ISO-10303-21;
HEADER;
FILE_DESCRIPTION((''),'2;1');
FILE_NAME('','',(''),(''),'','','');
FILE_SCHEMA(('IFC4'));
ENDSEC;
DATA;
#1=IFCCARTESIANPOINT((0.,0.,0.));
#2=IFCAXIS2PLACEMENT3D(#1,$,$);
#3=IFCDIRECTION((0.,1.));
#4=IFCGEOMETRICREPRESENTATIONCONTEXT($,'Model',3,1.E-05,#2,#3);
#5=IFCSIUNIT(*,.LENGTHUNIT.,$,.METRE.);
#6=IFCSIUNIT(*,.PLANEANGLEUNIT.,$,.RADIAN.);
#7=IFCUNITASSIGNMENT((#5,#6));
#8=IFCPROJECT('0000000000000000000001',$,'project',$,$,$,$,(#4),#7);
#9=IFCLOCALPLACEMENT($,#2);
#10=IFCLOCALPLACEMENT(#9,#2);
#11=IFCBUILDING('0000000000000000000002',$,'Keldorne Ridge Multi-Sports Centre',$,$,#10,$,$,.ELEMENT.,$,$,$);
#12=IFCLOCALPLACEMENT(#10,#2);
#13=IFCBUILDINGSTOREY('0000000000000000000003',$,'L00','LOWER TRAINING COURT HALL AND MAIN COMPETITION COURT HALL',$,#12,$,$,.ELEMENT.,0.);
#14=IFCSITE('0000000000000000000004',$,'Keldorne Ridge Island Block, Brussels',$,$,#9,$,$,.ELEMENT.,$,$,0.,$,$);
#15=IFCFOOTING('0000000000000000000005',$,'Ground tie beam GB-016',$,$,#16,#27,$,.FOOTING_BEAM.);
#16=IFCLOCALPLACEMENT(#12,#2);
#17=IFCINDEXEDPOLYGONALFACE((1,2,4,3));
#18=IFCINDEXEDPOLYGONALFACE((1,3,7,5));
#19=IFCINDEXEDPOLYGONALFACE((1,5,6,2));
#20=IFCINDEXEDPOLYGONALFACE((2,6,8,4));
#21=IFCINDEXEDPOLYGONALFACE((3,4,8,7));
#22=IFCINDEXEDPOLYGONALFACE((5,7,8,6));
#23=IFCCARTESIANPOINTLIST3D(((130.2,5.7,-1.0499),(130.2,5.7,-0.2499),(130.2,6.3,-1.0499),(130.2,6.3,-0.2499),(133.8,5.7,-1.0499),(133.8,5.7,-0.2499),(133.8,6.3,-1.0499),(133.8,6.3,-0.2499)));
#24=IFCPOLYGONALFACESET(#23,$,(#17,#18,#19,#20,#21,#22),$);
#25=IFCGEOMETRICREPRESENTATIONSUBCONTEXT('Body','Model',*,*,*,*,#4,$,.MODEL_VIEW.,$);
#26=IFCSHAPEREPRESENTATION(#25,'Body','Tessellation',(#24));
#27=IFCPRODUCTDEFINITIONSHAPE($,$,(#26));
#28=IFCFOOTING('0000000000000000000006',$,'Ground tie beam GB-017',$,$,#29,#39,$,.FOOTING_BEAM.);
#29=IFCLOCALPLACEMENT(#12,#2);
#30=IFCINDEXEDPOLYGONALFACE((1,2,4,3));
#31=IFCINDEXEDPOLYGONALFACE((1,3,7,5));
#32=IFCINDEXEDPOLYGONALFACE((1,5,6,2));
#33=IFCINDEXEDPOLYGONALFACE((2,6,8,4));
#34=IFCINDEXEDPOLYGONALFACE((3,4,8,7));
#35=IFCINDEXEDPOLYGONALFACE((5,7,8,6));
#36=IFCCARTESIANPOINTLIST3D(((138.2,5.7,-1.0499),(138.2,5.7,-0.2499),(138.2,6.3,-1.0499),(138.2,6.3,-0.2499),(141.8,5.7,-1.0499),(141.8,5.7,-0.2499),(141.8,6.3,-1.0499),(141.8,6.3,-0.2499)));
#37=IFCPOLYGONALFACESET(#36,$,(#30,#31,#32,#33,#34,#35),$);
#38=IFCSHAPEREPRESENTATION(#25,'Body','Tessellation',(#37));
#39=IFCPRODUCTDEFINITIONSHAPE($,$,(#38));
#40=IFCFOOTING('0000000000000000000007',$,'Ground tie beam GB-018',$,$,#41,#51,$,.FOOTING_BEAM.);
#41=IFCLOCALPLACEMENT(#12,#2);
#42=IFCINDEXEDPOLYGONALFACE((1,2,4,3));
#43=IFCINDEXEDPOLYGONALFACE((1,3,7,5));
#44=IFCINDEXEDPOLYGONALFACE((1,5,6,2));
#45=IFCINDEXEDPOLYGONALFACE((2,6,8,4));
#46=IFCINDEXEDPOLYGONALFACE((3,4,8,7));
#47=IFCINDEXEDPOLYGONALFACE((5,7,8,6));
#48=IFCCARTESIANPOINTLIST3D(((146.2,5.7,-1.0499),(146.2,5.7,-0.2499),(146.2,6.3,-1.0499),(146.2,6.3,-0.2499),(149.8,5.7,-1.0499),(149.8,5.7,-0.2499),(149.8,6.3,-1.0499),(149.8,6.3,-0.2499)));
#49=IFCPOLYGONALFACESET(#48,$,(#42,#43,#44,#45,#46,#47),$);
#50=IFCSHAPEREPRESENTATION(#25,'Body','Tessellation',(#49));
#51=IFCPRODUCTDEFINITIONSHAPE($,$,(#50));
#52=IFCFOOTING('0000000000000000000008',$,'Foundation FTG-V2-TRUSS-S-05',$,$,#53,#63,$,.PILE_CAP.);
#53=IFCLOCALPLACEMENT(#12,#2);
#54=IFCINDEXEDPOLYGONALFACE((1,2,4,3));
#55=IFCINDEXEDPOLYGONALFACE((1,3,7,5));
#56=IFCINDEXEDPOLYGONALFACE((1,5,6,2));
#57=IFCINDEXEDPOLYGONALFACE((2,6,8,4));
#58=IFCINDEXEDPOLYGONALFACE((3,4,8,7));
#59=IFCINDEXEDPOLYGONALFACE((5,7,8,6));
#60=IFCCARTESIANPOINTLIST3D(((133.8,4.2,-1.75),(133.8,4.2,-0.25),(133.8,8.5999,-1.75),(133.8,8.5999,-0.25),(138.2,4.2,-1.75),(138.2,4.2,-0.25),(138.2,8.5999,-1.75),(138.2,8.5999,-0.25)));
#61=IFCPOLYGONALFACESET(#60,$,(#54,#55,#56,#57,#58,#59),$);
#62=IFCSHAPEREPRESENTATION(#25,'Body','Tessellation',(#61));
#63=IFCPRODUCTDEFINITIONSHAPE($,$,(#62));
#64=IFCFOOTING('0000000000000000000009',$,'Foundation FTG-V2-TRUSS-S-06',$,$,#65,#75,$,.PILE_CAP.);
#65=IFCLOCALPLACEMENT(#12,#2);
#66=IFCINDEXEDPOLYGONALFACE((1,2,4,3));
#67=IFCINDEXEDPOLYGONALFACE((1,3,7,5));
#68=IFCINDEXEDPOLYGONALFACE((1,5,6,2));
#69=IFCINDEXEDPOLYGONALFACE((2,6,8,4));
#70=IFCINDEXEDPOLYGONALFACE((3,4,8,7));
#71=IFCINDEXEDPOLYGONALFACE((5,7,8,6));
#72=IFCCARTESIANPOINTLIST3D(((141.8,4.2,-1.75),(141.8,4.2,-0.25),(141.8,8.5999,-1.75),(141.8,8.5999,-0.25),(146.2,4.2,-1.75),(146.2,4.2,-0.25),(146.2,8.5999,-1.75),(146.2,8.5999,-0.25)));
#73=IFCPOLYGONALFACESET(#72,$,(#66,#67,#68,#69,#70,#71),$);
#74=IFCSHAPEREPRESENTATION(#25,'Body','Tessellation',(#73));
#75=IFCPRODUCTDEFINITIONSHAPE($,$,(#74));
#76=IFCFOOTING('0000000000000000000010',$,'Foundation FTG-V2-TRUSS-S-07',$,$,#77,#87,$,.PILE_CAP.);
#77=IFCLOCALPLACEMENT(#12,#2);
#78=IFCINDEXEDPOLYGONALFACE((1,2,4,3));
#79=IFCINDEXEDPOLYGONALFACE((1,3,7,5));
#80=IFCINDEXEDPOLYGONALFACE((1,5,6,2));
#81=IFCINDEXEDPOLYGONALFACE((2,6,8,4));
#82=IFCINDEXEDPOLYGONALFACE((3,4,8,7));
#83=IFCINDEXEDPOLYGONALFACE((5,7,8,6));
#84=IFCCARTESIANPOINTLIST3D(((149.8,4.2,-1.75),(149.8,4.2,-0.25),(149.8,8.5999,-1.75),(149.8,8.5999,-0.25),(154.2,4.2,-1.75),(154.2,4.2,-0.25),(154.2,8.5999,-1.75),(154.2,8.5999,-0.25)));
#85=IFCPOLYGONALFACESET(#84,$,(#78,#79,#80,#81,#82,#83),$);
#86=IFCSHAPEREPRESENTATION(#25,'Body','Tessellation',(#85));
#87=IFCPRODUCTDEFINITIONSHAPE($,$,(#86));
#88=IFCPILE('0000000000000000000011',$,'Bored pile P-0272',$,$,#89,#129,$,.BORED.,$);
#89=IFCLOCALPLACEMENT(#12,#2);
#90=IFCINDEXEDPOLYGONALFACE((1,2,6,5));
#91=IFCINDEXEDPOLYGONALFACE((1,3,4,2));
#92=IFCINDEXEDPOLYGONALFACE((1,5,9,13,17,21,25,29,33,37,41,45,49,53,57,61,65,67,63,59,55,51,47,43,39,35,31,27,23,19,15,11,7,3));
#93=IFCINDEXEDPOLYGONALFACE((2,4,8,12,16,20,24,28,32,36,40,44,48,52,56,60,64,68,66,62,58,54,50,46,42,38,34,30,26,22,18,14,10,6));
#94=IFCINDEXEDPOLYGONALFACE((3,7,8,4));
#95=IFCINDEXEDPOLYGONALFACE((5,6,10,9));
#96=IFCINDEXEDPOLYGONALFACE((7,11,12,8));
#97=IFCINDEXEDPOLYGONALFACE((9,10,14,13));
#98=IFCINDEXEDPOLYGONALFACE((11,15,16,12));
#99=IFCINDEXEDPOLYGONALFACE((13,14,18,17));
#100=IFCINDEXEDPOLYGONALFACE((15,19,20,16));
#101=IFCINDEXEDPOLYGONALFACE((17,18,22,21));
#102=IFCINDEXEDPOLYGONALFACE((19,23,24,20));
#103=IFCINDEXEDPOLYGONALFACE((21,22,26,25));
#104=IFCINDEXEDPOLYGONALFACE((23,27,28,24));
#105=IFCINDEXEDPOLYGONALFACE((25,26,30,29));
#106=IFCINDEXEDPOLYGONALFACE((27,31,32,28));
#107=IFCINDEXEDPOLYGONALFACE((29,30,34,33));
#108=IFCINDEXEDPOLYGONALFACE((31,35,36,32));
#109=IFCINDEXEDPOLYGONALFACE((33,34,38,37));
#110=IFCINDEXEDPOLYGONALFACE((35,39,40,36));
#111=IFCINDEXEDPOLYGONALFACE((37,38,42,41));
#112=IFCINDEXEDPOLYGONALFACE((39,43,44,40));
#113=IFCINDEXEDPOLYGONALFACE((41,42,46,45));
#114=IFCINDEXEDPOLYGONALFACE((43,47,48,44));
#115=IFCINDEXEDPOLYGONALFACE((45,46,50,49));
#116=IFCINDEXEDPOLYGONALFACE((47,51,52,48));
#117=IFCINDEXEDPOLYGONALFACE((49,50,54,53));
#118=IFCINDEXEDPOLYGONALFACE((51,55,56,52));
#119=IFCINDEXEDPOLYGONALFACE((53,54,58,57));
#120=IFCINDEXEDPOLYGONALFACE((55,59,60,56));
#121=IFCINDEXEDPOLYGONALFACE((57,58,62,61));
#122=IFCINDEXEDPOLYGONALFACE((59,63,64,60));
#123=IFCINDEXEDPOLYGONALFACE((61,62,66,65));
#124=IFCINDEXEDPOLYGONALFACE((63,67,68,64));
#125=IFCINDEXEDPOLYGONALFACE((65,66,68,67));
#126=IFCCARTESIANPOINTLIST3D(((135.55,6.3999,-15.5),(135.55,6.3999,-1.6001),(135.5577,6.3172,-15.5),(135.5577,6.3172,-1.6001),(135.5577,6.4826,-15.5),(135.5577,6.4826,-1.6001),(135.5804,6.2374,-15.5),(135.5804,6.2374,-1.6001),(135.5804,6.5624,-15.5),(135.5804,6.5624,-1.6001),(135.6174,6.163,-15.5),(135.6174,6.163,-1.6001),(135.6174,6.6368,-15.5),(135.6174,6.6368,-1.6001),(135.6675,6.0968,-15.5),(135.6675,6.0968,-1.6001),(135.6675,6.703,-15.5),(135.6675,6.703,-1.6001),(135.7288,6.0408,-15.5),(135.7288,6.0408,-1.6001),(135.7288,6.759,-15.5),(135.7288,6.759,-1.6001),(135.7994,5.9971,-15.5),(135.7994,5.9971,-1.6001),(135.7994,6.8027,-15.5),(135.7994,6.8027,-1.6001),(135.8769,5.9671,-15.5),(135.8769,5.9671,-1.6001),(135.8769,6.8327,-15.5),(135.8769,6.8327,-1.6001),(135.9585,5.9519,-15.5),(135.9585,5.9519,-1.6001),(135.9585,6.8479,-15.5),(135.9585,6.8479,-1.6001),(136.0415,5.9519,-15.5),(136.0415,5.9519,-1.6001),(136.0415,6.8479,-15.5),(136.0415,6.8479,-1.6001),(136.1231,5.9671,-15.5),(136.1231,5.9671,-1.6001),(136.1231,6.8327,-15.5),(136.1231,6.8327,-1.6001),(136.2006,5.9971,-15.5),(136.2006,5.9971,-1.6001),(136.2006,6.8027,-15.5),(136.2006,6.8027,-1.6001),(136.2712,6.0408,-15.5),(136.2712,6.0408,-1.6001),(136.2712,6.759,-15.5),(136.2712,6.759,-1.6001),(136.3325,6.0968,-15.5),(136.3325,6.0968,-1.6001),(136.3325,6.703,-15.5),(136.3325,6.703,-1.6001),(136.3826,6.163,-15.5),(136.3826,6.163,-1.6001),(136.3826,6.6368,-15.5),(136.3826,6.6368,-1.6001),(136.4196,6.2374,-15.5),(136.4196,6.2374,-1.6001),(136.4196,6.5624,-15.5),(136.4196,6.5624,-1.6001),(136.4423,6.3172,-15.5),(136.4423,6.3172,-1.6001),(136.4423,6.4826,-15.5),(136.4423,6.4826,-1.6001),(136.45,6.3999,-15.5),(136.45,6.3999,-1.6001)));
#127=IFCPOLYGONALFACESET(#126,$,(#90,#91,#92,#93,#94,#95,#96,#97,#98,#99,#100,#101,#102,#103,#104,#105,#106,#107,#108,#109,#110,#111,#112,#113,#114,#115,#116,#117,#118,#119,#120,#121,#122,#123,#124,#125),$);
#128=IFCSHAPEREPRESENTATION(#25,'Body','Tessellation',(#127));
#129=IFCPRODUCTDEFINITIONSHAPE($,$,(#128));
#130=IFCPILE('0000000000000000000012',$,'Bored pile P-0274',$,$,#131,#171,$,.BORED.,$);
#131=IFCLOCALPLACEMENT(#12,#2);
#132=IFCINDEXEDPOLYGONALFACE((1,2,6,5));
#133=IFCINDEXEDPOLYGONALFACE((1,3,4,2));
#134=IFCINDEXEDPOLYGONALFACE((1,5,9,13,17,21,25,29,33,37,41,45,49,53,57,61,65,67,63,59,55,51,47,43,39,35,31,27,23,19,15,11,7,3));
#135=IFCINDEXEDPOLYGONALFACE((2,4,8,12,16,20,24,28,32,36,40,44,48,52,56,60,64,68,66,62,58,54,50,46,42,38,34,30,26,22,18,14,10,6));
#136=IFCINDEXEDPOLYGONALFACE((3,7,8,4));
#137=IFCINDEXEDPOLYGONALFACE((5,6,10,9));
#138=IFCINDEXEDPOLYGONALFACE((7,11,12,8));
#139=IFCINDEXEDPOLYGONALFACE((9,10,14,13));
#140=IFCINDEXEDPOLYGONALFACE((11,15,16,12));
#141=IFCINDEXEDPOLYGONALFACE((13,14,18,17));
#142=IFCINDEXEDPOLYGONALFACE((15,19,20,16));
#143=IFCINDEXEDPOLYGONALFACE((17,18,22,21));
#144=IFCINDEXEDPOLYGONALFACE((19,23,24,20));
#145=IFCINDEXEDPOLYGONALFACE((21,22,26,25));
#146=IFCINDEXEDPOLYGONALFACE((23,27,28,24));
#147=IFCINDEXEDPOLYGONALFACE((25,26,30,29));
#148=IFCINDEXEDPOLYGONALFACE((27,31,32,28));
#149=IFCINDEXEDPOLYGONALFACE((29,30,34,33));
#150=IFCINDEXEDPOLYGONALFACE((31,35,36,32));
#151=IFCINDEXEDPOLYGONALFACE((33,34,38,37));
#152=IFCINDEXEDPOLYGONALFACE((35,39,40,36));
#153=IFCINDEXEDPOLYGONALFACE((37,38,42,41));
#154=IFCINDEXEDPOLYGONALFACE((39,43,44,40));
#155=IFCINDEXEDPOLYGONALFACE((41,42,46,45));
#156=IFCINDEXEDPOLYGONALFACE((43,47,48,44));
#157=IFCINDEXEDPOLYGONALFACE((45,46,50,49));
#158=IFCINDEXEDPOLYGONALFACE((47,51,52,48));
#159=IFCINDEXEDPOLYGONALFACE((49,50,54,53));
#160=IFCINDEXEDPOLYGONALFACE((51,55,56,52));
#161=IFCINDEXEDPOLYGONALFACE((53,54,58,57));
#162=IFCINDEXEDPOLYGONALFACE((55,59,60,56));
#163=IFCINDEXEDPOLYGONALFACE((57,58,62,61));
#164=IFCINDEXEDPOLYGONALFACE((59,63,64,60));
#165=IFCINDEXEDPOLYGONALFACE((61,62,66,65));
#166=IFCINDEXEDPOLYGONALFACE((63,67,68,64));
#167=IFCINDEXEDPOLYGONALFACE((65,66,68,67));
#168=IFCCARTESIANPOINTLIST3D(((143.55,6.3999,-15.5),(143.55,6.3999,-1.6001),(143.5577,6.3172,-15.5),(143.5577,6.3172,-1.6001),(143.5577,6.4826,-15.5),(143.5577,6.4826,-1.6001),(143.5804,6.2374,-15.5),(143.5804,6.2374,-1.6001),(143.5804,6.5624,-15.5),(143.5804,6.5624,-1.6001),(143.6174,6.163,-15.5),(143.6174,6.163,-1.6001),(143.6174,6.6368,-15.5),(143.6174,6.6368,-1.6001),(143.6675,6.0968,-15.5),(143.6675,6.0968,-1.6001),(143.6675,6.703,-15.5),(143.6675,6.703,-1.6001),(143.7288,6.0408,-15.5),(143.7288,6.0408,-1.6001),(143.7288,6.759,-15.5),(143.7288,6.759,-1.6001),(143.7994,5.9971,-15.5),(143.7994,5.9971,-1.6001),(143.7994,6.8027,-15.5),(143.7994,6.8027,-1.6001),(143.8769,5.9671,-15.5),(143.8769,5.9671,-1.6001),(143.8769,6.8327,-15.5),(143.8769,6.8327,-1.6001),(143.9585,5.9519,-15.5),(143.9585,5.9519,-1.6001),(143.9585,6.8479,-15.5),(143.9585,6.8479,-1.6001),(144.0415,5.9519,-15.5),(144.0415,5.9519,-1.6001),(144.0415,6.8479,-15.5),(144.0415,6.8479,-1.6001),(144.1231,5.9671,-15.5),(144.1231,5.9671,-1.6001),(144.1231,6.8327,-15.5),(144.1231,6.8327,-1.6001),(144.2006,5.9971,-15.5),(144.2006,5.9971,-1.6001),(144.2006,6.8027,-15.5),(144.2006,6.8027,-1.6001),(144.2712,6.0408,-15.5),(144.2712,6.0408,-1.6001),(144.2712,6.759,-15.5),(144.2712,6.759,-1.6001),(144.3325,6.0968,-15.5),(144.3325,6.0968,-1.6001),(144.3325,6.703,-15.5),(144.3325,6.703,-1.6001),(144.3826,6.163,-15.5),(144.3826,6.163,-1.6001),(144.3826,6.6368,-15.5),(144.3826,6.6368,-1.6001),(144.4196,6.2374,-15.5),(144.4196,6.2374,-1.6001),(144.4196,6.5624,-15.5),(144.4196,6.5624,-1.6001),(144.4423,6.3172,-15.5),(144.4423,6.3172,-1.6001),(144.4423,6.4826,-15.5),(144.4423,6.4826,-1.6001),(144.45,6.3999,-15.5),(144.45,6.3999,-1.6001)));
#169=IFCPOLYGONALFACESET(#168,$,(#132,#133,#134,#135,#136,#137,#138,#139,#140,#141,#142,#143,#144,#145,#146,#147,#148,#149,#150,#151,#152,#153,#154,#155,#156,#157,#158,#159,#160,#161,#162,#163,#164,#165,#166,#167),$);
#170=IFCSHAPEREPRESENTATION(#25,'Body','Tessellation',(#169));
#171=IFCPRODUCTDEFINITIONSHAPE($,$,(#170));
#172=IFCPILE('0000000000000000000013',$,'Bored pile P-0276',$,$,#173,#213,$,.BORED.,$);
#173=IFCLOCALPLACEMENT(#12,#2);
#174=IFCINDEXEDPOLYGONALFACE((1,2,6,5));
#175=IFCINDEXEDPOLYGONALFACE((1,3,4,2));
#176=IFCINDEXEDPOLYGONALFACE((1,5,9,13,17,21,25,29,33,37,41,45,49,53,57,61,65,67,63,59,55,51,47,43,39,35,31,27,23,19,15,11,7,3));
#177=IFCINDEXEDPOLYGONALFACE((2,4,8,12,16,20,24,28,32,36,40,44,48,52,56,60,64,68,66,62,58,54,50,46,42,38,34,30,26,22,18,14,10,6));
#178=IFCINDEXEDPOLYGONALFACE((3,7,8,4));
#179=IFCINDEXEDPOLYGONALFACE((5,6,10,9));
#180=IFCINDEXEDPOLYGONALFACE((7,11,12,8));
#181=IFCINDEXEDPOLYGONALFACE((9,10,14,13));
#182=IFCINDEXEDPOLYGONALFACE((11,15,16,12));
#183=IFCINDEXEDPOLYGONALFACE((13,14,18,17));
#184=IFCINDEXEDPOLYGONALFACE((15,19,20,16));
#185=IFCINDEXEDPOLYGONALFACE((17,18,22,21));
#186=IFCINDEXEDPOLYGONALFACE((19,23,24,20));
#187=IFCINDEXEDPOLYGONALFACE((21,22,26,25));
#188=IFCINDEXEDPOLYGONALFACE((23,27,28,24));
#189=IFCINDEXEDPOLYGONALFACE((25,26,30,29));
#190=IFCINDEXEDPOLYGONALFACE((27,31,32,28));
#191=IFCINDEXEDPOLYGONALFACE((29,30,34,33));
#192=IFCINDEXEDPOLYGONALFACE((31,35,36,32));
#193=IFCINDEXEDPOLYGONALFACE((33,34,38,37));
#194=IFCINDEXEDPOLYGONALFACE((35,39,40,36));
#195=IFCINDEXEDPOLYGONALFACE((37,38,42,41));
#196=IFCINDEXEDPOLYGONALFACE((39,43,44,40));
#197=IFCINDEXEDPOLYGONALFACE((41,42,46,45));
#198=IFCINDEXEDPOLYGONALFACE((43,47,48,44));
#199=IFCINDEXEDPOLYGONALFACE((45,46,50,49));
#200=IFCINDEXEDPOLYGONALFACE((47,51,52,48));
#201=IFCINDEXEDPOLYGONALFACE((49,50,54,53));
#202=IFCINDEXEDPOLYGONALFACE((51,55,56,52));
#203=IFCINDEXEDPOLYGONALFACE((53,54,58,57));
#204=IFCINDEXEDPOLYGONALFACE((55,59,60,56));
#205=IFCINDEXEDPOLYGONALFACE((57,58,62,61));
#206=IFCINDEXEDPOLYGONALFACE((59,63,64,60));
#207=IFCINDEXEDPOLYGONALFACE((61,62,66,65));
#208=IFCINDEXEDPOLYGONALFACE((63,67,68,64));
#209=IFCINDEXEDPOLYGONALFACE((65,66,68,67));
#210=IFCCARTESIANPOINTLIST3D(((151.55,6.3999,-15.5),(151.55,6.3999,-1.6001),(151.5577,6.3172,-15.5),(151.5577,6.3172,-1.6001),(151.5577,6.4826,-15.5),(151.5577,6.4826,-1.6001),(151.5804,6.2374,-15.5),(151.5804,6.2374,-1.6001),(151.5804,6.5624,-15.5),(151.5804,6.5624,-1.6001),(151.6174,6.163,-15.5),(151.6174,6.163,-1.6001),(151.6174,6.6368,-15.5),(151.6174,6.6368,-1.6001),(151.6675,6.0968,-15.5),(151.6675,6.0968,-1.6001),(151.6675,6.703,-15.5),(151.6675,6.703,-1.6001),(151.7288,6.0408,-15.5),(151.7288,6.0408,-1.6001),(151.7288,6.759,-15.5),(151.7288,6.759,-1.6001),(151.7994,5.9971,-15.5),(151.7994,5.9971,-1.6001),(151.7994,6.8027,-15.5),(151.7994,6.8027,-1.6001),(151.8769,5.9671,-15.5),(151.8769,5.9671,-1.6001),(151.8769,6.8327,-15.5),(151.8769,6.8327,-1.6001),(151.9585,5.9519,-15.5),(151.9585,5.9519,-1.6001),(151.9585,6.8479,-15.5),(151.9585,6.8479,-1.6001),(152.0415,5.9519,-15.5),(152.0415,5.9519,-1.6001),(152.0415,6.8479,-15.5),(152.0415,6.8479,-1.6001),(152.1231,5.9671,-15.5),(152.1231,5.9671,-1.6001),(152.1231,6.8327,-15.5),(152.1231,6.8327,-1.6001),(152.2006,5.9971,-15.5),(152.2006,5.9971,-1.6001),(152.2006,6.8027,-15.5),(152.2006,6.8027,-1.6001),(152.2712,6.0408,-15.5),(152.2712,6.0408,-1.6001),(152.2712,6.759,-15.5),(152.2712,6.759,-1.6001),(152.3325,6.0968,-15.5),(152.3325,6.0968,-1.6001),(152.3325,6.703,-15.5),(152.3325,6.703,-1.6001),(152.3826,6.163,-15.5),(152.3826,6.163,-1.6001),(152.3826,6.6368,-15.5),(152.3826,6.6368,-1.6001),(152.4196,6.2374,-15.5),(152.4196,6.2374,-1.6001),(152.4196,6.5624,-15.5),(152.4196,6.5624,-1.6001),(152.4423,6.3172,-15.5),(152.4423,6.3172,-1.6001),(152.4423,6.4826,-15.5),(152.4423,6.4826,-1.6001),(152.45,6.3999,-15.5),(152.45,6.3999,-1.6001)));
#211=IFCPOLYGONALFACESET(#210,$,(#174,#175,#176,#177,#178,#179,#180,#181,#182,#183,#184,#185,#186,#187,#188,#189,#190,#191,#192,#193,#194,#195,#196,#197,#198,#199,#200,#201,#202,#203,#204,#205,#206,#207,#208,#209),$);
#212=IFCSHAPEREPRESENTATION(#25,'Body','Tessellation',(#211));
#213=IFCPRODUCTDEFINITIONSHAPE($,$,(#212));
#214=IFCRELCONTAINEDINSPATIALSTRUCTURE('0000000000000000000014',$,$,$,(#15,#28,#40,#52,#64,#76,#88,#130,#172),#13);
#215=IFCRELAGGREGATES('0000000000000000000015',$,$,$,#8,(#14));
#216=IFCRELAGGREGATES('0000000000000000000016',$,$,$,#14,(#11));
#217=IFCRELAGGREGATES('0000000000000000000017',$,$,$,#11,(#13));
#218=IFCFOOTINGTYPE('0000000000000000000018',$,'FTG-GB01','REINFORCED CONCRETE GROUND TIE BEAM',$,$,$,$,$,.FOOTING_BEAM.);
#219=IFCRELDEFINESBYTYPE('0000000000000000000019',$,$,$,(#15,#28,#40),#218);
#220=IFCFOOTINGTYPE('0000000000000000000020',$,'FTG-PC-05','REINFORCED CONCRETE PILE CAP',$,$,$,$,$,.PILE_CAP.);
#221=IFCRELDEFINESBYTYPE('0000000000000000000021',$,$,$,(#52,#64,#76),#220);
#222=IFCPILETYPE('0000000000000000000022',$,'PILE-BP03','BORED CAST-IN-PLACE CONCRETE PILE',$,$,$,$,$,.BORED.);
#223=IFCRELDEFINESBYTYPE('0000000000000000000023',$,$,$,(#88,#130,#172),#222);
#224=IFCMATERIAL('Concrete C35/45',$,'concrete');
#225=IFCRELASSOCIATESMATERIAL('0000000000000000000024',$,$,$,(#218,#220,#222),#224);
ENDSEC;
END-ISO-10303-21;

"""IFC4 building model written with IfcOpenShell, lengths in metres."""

from ifc_helpers import new_model, si_unit, direction, frame, origin, origin_2d, place, context, subcontext, project, spatial, rectangle, circle, extrude, material, material_profile, profile_set, type_object, element, save


model = new_model("IFC4")

# Units and contexts
model_context = context("Model", 3, precision=1e-05, world=origin(), true_north=direction((0.0, 1.0)))
body_context = subcontext(model_context, "Body", "Model", "MODEL_VIEW")
ifc_project = project(units=[si_unit("LENGTHUNIT", "METRE"), si_unit("PLANEANGLEUNIT", "RADIAN")], contexts=[model_context])

# Site, building, storey
site_placement = place(None, origin())
site = spatial("IfcSite", under=ifc_project, at=site_placement, Name="Keldorne Ridge Island Block, Brussels", CompositionType="ELEMENT", RefElevation=0.0)
building_placement = place(site_placement, origin())
building = spatial("IfcBuilding", under=site, at=building_placement, Name="Keldorne Ridge Multi-Sports Centre", CompositionType="ELEMENT")
storey_placement = place(building_placement, origin())
storey = spatial("IfcBuildingStorey", under=building, at=storey_placement, Name="L00", Description="LOWER TRAINING COURT HALL AND MAIN COMPETITION COURT HALL", CompositionType="ELEMENT", Elevation=0.0)

# Footings
ifc_material_1 = material(Name="Concrete C35/45", Category="concrete")
ifc_material_profile_1 = material_profile(ifc_material_1, rectangle(XDim=0.6001, YDim=0.8, at=origin_2d()), Name="GB 600x800")
ifc_profile_set_1 = profile_set([ifc_material_profile_1], Name="Concrete C35/45")
footing_type_1 = type_object("IfcFootingType", Name="FTG-GB01", Description="REINFORCED CONCRETE GROUND TIE BEAM", PredefinedType="FOOTING_BEAM", material=ifc_profile_set_1)
for number, where, z_axis, x_axis, name in (
    (1, (130.2, 6.0, -0.6499), (1.0, 0.0, 0.0), (0.0, 1.0, 0.0), "Ground tie beam GB-016"),
    (2, (138.2, 6.0, -0.6499), (1.0, 0.0, 0.0), (0.0, 1.0, 0.0), "Ground tie beam GB-017"),
    (3, (146.2, 6.0, -0.6499), (1.0, 0.0, 0.0), (0.0, 1.0, 0.0), "Ground tie beam GB-018"),
):
    element("IfcFooting", number, at=place(storey_placement, frame(where, z_axis=z_axis, x_axis=x_axis)), inside=storey, type_object=footing_type_1, Name=name, PredefinedType="FOOTING_BEAM", context=body_context, shape_type="SweptSolid", body=[
        extrude(rectangle(XDim=0.6001, YDim=0.8, at=origin_2d()), origin(), (0.0, 0.0, 1.0), 3.6001),
    ])
footing_type_2 = type_object("IfcFootingType", Name="FTG-PC-05", Description="REINFORCED CONCRETE PILE CAP", PredefinedType="PILE_CAP", material=ifc_material_1)
for number, where, z_axis, x_axis, name in (
    (4, (136.0, 6.3999, -1.75), (0.0, 0.0, 1.0), (1.0, 0.0, 0.0), "Foundation FTG-V2-TRUSS-S-05"),
    (5, (144.0, 6.3999, -1.75), (0.0, 0.0, 1.0), (1.0, 0.0, 0.0), "Foundation FTG-V2-TRUSS-S-06"),
    (6, (152.0, 6.3999, -1.75), (0.0, 0.0, 1.0), (1.0, 0.0, 0.0), "Foundation FTG-V2-TRUSS-S-07"),
):
    element("IfcFooting", number, at=place(storey_placement, frame(where, z_axis=z_axis, x_axis=x_axis)), inside=storey, type_object=footing_type_2, Name=name, PredefinedType="PILE_CAP", context=body_context, shape_type="SweptSolid", body=[
        extrude(rectangle(XDim=4.3999, YDim=4.3999, at=origin_2d()), origin(), (0.0, 0.0, 1.0), 1.5),
    ])

# Piles
ifc_material_profile_2 = material_profile(ifc_material_1, circle(Radius=0.45, at=origin_2d()), Name="BORED PILE D900")
ifc_profile_set_2 = profile_set([ifc_material_profile_2], Name="Concrete C35/45")
pile_type = type_object("IfcPileType", Name="PILE-BP03", Description="BORED CAST-IN-PLACE CONCRETE PILE", PredefinedType="BORED", material=ifc_profile_set_2)
for number, where, z_axis, x_axis, name in (
    (7, (136.0, 6.3999, -1.6001), (0.0, 0.0, -1.0), (1.0, 0.0, 0.0), "Bored pile P-0272"),
    (8, (144.0, 6.3999, -1.6001), (0.0, 0.0, -1.0), (1.0, 0.0, 0.0), "Bored pile P-0274"),
    (9, (152.0, 6.3999, -1.6001), (0.0, 0.0, -1.0), (1.0, 0.0, 0.0), "Bored pile P-0276"),
):
    element("IfcPile", number, at=place(storey_placement, frame(where, z_axis=z_axis, x_axis=x_axis)), inside=storey, type_object=pile_type, Name=name, PredefinedType="BORED", context=body_context, shape_type="SweptSolid", body=[
        extrude(circle(Radius=0.45, at=origin_2d()), origin(), (0.0, 0.0, 1.0), 13.8999),
    ])

save(model, "model.ifc")
